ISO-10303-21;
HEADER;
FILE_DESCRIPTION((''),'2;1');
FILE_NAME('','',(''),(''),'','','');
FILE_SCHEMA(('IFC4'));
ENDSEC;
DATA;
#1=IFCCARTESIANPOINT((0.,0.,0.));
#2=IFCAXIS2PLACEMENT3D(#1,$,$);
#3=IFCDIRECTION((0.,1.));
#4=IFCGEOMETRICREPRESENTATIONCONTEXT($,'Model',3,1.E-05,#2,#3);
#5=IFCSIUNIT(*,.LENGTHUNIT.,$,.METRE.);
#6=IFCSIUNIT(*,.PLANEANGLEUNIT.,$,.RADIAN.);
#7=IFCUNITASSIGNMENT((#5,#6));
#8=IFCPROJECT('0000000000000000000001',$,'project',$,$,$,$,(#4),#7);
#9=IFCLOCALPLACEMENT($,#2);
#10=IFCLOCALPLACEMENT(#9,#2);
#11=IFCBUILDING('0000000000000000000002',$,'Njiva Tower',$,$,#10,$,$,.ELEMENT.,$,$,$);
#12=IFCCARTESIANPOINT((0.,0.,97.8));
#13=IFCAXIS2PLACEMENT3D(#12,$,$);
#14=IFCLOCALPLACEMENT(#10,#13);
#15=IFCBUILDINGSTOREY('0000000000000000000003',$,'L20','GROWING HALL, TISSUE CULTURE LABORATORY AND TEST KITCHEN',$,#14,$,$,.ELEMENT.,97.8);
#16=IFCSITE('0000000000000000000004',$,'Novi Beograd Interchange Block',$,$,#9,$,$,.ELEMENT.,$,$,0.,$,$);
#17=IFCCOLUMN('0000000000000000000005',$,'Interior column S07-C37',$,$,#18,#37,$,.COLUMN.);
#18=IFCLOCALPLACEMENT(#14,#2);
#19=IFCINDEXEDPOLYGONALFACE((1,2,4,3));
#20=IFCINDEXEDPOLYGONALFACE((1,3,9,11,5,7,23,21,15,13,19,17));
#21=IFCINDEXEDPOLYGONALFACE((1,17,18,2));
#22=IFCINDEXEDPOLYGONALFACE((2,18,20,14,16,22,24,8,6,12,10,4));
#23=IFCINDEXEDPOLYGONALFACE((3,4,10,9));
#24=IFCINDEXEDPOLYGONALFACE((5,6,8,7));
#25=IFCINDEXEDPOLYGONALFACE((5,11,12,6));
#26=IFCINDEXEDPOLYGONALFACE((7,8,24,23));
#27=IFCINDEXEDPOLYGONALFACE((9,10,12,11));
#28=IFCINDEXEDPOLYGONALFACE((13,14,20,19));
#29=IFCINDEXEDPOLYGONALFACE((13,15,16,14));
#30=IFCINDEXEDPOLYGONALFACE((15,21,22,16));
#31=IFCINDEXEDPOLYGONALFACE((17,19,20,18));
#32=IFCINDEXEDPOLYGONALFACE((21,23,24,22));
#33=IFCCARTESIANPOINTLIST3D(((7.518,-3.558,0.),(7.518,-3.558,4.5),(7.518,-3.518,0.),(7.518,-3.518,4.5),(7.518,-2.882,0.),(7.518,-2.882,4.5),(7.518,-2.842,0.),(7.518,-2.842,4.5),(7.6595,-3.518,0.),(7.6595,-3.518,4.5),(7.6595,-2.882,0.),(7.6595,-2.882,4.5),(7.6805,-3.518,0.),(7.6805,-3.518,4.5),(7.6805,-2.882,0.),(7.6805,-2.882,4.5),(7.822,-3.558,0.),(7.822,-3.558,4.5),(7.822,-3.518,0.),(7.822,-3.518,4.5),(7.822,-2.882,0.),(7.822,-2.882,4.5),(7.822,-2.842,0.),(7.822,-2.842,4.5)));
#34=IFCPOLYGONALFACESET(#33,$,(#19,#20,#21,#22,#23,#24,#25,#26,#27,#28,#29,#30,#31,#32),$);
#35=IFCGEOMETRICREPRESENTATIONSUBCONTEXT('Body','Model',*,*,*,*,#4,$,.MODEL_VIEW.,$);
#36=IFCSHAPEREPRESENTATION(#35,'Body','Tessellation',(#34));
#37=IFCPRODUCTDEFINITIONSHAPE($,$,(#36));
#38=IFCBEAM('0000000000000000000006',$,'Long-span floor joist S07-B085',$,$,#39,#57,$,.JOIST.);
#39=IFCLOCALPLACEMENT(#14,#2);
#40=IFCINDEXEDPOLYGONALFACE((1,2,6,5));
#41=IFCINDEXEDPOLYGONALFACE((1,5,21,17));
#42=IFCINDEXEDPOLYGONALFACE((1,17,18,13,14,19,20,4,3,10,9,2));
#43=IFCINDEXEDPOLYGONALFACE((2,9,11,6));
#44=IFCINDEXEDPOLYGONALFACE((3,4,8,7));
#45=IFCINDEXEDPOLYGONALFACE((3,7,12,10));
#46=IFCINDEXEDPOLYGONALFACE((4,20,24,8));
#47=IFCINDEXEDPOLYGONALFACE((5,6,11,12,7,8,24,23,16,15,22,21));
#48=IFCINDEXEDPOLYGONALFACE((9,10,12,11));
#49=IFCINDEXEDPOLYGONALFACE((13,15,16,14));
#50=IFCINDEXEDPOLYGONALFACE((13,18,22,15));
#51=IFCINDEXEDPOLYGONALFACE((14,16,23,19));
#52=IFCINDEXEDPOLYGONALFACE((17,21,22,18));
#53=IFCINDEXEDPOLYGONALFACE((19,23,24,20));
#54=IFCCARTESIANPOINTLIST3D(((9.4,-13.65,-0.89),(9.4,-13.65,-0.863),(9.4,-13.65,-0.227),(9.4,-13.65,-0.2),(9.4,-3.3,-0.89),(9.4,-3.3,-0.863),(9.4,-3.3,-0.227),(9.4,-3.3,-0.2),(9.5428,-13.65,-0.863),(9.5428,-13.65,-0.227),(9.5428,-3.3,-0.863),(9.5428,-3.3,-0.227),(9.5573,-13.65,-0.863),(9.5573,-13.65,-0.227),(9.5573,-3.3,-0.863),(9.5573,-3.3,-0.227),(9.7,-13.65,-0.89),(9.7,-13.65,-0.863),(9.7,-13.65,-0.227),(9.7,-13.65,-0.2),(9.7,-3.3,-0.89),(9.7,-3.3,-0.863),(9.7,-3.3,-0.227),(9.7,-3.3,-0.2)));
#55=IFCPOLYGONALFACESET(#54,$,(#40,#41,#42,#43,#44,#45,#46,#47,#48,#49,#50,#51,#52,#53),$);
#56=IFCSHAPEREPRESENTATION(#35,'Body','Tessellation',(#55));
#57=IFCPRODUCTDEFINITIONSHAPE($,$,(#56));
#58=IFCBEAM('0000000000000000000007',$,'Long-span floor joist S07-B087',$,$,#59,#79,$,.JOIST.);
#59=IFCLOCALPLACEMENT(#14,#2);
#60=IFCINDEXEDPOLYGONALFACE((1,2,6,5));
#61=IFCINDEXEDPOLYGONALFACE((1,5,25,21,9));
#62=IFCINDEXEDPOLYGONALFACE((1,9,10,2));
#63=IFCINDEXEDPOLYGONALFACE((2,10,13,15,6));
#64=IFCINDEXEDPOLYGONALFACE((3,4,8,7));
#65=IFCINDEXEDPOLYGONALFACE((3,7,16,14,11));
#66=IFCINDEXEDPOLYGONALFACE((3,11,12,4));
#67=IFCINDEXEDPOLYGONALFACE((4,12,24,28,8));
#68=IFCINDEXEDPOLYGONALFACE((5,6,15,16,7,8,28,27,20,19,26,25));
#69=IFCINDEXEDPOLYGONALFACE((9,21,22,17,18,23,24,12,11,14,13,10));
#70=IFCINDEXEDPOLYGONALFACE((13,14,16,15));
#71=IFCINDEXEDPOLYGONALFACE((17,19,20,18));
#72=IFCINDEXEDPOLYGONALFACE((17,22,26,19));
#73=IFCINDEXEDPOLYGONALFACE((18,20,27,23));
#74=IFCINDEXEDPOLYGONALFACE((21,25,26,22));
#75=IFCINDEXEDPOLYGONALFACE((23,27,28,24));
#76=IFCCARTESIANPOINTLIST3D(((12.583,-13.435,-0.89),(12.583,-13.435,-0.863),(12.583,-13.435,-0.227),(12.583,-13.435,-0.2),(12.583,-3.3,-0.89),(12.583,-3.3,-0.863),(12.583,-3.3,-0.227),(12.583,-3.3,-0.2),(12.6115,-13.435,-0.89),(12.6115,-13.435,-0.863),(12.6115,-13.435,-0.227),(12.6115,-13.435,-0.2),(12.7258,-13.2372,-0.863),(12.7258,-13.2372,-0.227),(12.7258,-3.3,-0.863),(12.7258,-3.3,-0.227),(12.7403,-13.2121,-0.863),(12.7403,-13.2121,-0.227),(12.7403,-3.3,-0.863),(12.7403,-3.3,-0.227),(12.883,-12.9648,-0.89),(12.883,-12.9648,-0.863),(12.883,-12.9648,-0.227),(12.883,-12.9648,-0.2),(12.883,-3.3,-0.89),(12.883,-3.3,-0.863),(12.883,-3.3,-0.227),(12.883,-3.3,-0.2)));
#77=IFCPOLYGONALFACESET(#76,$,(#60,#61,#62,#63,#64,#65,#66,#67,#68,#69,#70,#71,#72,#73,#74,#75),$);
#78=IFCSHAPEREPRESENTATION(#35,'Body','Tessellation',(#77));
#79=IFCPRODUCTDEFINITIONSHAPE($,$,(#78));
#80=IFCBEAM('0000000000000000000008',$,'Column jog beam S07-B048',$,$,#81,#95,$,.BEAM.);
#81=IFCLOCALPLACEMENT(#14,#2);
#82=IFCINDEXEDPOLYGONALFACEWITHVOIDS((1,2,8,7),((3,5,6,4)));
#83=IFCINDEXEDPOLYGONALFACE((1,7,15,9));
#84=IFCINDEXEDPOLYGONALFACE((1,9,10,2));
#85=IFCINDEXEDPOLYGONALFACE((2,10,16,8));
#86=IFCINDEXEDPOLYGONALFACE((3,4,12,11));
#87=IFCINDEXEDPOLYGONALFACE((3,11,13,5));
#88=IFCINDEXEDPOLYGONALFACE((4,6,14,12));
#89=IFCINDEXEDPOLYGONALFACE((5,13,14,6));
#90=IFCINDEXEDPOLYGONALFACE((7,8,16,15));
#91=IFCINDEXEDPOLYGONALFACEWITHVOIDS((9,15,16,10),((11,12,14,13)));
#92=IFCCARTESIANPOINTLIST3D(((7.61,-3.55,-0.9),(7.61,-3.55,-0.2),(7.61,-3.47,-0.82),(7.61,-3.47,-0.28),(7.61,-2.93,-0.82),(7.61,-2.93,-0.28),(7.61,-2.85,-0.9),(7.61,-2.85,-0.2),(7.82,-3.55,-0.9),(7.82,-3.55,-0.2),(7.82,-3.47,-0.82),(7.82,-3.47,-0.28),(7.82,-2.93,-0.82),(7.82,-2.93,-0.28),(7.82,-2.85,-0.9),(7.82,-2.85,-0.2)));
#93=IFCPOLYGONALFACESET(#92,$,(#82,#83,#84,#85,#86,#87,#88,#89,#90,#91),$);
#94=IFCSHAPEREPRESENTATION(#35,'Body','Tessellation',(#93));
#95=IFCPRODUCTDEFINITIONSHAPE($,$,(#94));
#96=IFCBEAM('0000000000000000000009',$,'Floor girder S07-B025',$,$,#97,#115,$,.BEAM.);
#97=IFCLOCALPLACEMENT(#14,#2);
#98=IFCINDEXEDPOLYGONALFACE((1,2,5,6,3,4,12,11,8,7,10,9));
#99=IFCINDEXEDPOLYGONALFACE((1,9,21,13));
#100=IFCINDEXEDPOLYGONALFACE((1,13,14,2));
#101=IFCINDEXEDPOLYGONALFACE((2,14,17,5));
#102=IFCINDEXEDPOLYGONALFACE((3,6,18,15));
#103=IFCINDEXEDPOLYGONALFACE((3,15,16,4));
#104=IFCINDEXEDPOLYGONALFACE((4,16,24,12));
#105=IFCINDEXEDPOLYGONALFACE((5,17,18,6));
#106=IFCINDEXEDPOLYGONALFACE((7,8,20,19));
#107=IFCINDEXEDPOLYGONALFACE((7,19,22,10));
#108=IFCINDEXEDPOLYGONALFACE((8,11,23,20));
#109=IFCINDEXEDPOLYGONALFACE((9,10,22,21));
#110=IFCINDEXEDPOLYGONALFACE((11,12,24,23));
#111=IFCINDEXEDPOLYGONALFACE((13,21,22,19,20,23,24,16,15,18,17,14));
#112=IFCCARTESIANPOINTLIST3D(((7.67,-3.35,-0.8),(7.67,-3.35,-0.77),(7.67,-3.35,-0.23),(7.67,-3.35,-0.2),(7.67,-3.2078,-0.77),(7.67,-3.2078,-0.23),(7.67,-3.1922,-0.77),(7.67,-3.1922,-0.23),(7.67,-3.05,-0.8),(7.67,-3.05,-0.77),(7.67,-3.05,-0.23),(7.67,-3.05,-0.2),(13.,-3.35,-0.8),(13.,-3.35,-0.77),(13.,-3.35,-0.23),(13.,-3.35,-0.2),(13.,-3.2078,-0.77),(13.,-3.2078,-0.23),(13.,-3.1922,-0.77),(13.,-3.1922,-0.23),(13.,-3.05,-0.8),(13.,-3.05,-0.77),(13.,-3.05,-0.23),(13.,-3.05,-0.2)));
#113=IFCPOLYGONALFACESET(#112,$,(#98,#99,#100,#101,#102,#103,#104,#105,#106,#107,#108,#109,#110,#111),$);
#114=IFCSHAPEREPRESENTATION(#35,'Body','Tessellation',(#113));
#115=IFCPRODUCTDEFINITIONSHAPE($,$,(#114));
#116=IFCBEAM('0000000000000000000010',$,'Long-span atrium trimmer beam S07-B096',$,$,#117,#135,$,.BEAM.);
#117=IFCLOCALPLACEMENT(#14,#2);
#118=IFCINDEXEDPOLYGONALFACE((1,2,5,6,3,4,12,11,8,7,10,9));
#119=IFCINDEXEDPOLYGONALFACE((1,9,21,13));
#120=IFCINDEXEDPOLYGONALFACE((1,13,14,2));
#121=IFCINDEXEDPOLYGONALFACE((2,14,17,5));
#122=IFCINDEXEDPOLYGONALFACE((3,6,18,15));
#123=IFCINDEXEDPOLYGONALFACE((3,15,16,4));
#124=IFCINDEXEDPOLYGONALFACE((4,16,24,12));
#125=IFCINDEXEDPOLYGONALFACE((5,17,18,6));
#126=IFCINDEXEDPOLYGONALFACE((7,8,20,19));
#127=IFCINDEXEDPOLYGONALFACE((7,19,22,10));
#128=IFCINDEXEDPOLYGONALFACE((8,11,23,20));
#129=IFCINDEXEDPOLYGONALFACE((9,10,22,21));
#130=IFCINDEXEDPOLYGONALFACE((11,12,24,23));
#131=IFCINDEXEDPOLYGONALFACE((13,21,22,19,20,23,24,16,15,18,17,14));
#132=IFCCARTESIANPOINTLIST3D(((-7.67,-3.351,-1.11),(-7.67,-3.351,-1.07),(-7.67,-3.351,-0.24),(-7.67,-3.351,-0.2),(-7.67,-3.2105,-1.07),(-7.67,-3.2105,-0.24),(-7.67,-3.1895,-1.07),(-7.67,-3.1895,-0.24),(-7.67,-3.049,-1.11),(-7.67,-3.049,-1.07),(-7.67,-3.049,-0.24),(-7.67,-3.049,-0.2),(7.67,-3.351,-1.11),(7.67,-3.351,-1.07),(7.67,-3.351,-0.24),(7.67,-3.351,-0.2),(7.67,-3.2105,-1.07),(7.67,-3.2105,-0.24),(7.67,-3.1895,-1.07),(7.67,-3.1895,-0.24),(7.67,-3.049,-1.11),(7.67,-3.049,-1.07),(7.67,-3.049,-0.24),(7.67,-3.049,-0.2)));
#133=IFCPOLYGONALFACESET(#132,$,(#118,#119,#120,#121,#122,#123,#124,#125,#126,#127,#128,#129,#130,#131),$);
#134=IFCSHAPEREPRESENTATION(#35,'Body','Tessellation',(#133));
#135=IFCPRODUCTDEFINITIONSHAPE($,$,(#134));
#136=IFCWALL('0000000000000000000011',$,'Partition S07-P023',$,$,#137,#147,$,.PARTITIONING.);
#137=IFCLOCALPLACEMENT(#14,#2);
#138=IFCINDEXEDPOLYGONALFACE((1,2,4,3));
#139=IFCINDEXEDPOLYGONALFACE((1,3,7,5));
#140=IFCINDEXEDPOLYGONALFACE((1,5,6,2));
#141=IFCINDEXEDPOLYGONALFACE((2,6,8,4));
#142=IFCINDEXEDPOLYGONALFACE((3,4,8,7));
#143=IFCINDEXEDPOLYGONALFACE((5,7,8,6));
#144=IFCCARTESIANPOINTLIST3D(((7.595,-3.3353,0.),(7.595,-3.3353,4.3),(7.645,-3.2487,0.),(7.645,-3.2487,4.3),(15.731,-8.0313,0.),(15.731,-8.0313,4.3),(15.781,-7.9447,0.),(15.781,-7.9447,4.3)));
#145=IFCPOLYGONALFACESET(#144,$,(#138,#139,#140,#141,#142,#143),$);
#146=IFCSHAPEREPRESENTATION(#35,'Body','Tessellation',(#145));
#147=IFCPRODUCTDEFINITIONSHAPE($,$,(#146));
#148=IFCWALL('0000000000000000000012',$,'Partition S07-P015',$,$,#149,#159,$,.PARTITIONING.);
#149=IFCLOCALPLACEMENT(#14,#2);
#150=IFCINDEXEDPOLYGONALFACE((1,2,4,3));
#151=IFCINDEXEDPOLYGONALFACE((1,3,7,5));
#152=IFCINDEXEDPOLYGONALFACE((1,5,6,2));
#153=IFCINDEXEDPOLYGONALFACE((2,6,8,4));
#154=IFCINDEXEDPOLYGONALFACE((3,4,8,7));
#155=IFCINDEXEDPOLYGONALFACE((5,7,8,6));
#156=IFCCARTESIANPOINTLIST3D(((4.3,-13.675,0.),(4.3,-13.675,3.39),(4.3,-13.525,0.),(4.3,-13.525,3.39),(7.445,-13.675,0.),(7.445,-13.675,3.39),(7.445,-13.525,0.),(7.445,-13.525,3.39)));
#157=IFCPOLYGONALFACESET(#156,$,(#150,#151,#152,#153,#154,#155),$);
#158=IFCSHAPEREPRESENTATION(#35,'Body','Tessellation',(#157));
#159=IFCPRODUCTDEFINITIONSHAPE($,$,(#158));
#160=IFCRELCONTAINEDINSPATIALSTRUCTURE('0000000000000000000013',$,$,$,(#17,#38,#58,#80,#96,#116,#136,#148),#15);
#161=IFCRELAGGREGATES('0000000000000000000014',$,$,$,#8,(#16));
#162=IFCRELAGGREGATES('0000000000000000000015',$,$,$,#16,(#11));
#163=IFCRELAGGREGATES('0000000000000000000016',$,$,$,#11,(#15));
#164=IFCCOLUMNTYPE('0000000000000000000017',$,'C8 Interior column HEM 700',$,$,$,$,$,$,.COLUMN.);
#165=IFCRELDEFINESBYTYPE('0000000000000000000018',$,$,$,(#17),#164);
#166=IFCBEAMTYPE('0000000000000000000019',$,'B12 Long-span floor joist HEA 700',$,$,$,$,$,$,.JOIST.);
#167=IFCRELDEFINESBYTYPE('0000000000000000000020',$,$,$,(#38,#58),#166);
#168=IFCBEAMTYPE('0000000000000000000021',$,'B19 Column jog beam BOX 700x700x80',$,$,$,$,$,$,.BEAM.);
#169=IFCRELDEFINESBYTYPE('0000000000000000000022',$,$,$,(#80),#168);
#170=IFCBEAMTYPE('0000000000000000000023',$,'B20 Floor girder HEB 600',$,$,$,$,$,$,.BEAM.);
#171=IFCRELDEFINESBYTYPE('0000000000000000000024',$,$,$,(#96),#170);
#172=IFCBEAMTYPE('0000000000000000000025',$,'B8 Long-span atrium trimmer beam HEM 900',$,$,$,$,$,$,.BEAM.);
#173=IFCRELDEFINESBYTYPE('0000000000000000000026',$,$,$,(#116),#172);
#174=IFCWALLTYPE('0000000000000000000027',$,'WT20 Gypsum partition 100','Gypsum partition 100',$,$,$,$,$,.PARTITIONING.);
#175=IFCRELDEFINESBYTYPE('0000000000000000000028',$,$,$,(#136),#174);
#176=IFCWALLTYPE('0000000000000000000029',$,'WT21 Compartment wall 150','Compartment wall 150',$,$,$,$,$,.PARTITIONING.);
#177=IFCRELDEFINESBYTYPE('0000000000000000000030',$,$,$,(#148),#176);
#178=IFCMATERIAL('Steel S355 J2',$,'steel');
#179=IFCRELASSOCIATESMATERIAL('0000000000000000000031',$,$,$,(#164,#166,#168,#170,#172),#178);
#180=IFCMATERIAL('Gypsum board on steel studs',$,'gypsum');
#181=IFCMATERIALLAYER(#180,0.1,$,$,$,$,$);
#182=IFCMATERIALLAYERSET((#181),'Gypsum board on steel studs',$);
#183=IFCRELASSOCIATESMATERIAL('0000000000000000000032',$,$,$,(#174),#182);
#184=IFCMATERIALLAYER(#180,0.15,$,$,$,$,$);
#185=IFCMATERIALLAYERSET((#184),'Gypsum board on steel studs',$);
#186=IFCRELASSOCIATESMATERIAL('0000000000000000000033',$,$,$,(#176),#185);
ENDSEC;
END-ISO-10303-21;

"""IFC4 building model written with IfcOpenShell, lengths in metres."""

from ifc_helpers import new_model, si_unit, direction, frame, frame_2d, origin, origin_2d, place, context, subcontext, project, spatial, rectangle, hollow_rectangle, i_section, extrude, clip, halfspace, material, layer, layer_set, material_profile, profile_set, type_object, element, save


model = new_model("IFC4")

# Units and contexts
model_context = context("Model", 3, precision=1e-05, world=origin(), true_north=direction((0.0, 1.0)))
body_context = subcontext(model_context, "Body", "Model", "MODEL_VIEW")
ifc_project = project(units=[si_unit("LENGTHUNIT", "METRE"), si_unit("PLANEANGLEUNIT", "RADIAN")], contexts=[model_context])

# Site, building, storey
site_placement = place(None, origin())
site = spatial("IfcSite", under=ifc_project, at=site_placement, Name="Novi Beograd Interchange Block", CompositionType="ELEMENT", RefElevation=0.0)
building_placement = place(site_placement, origin())
building = spatial("IfcBuilding", under=site, at=building_placement, Name="Njiva Tower", CompositionType="ELEMENT")
storey_placement = place(building_placement, frame((0.0, 0.0, 97.8)))
storey = spatial("IfcBuildingStorey", under=building, at=storey_placement, Name="L20", Description="GROWING HALL, TISSUE CULTURE LABORATORY AND TEST KITCHEN", CompositionType="ELEMENT", Elevation=97.8)

# Column
ifc_material_1 = material(Name="Steel S355 J2", Category="steel")
ifc_material_profile_1 = material_profile(ifc_material_1, i_section(OverallWidth=0.304, OverallDepth=0.716, WebThickness=0.021, FlangeThickness=0.04, at=origin_2d()), Name="HEM 700")
ifc_profile_set_1 = profile_set([ifc_material_profile_1], Name="Steel S355 J2")
column_type = type_object("IfcColumnType", Name="C8 Interior column HEM 700", PredefinedType="COLUMN", material=ifc_profile_set_1)
column_placement = place(storey_placement, frame((7.67, -3.2, 0.0), z_axis=(0.0, 0.0, 1.0), x_axis=(1.0, 0.0, 0.0)))
element("IfcColumn", 1, at=column_placement, inside=storey, type_object=column_type, Name="Interior column S07-C37", PredefinedType="COLUMN", context=body_context, shape_type="SweptSolid", body=[
    extrude(i_section(OverallWidth=0.304, OverallDepth=0.716, WebThickness=0.021, FlangeThickness=0.04, at=origin_2d()), origin(), (0.0, 0.0, 1.0), 4.5),
])

# Beams
ifc_material_profile_2 = material_profile(ifc_material_1, i_section(OverallWidth=0.3, OverallDepth=0.69, WebThickness=0.0145, FlangeThickness=0.027, at=origin_2d()), Name="HEA 700")
ifc_profile_set_2 = profile_set([ifc_material_profile_2], Name="Steel S355 J2")
beam_type_1 = type_object("IfcBeamType", Name="B12 Long-span floor joist HEA 700", PredefinedType="JOIST", material=ifc_profile_set_2)
beam_1_placement = place(storey_placement, frame((9.55, -3.3, -0.545), z_axis=(0.0, -1.0, 0.0), x_axis=(1.0, 0.0, 0.0)))
element("IfcBeam", 2, at=beam_1_placement, inside=storey, type_object=beam_type_1, Name="Long-span floor joist S07-B085", PredefinedType="JOIST", context=body_context, shape_type="SweptSolid", body=[
    extrude(i_section(OverallWidth=0.3, OverallDepth=0.69, WebThickness=0.0145, FlangeThickness=0.027, at=origin_2d()), origin(), (0.0, 0.0, 1.0), 10.35),
])
beam_2_placement = place(storey_placement, frame((12.733, -3.3, -0.545), z_axis=(0.0, -1.0, 0.0), x_axis=(1.0, 0.0, 0.0)))
element("IfcBeam", 3, at=beam_2_placement, inside=storey, type_object=beam_type_1, Name="Long-span floor joist S07-B087", PredefinedType="JOIST", context=body_context, shape_type="Clipping", body=[
    clip(extrude(i_section(OverallWidth=0.3, OverallDepth=0.69, WebThickness=0.0145, FlangeThickness=0.027, at=origin_2d()), origin(), (0.0, 0.0, 1.0), 10.135), halfspace(frame((0.0436, 0.0, 9.8491), z_axis=(0.866027, 0.0, 0.499998), x_axis=(0.0, 1.0, 0.0)), False)),
])
ifc_material_profile_3 = material_profile(ifc_material_1, hollow_rectangle(XDim=0.7, YDim=0.7, WallThickness=0.08, at=origin_2d()), Name="BOX 700x700x80")
ifc_profile_set_3 = profile_set([ifc_material_profile_3], Name="Steel S355 J2")
beam_type_2 = type_object("IfcBeamType", Name="B19 Column jog beam BOX 700x700x80", PredefinedType="BEAM", material=ifc_profile_set_3)
beam_3_placement = place(storey_placement, frame((7.82, -3.2, -0.55), z_axis=(-1.0, 0.0, 0.0), x_axis=(0.0, -1.0, 0.0)))
element("IfcBeam", 4, at=beam_3_placement, inside=storey, type_object=beam_type_2, Name="Column jog beam S07-B048", PredefinedType="BEAM", context=body_context, shape_type="SweptSolid", body=[
    extrude(hollow_rectangle(XDim=0.7, YDim=0.7, WallThickness=0.08, at=origin_2d()), origin(), (0.0, 0.0, 1.0), 0.21),
])
ifc_material_profile_4 = material_profile(ifc_material_1, i_section(OverallWidth=0.3, OverallDepth=0.6, WebThickness=0.0155, FlangeThickness=0.03, at=origin_2d()), Name="HEB 600")
ifc_profile_set_4 = profile_set([ifc_material_profile_4], Name="Steel S355 J2")
beam_type_3 = type_object("IfcBeamType", Name="B20 Floor girder HEB 600", PredefinedType="BEAM", material=ifc_profile_set_4)
beam_4_placement = place(storey_placement, frame((7.67, -3.2, -0.5), z_axis=(1.0, 0.0, 0.0), x_axis=(0.0, 1.0, 0.0)))
element("IfcBeam", 5, at=beam_4_placement, inside=storey, type_object=beam_type_3, Name="Floor girder S07-B025", PredefinedType="BEAM", context=body_context, shape_type="SweptSolid", body=[
    extrude(i_section(OverallWidth=0.3, OverallDepth=0.6, WebThickness=0.0155, FlangeThickness=0.03, at=origin_2d()), origin(), (0.0, 0.0, 1.0), 5.33),
])
ifc_material_profile_5 = material_profile(ifc_material_1, i_section(OverallWidth=0.302, OverallDepth=0.91, WebThickness=0.021, FlangeThickness=0.04, at=origin_2d()), Name="HEM 900")
ifc_profile_set_5 = profile_set([ifc_material_profile_5], Name="Steel S355 J2")
beam_type_4 = type_object("IfcBeamType", Name="B8 Long-span atrium trimmer beam HEM 900", PredefinedType="BEAM", material=ifc_profile_set_5)
beam_5_placement = place(storey_placement, frame((7.67, -3.2, -0.655), z_axis=(-1.0, 0.0, 0.0), x_axis=(0.0, -1.0, 0.0)))
element("IfcBeam", 6, at=beam_5_placement, inside=storey, type_object=beam_type_4, Name="Long-span atrium trimmer beam S07-B096", PredefinedType="BEAM", context=body_context, shape_type="SweptSolid", body=[
    extrude(i_section(OverallWidth=0.302, OverallDepth=0.91, WebThickness=0.021, FlangeThickness=0.04, at=origin_2d()), origin(), (0.0, 0.0, 1.0), 15.34),
])

# Walls
ifc_material_2 = material(Name="Gypsum board on steel studs", Category="gypsum")
ifc_layer_1 = layer(ifc_material_2, 0.1)
ifc_layer_set_1 = layer_set([ifc_layer_1], Name="Gypsum board on steel studs")
wall_type_1 = type_object("IfcWallType", Name="WT20 Gypsum partition 100", Description="Gypsum partition 100", PredefinedType="PARTITIONING", material=ifc_layer_set_1)
wall_1_placement = place(storey_placement, frame((7.62, -3.292, 0.0), z_axis=(0.0, 0.0, 1.0), x_axis=(0.866086, -0.499894, 0.0)))
element("IfcWall", 7, at=wall_1_placement, inside=storey, type_object=wall_type_1, Name="Partition S07-P023", PredefinedType="PARTITIONING", context=body_context, shape_type="SweptSolid", body=[
    extrude(rectangle(XDim=9.394, YDim=0.1, at=frame_2d((4.697, 0.0))), origin(), (0.0, 0.0, 1.0), 4.3),
])
ifc_layer_2 = layer(ifc_material_2, 0.15)
ifc_layer_set_2 = layer_set([ifc_layer_2], Name="Gypsum board on steel studs")
wall_type_2 = type_object("IfcWallType", Name="WT21 Compartment wall 150", Description="Compartment wall 150", PredefinedType="PARTITIONING", material=ifc_layer_set_2)
wall_2_placement = place(storey_placement, frame((4.3, -13.6, 0.0), z_axis=(0.0, 0.0, 1.0), x_axis=(1.0, 0.0, 0.0)))
element("IfcWall", 8, at=wall_2_placement, inside=storey, type_object=wall_type_2, Name="Partition S07-P015", PredefinedType="PARTITIONING", context=body_context, shape_type="SweptSolid", body=[
    extrude(rectangle(XDim=3.145, YDim=0.15, at=frame_2d((1.5725, 0.0))), origin(), (0.0, 0.0, 1.0), 3.39),
])

save(model, "model.ifc")
